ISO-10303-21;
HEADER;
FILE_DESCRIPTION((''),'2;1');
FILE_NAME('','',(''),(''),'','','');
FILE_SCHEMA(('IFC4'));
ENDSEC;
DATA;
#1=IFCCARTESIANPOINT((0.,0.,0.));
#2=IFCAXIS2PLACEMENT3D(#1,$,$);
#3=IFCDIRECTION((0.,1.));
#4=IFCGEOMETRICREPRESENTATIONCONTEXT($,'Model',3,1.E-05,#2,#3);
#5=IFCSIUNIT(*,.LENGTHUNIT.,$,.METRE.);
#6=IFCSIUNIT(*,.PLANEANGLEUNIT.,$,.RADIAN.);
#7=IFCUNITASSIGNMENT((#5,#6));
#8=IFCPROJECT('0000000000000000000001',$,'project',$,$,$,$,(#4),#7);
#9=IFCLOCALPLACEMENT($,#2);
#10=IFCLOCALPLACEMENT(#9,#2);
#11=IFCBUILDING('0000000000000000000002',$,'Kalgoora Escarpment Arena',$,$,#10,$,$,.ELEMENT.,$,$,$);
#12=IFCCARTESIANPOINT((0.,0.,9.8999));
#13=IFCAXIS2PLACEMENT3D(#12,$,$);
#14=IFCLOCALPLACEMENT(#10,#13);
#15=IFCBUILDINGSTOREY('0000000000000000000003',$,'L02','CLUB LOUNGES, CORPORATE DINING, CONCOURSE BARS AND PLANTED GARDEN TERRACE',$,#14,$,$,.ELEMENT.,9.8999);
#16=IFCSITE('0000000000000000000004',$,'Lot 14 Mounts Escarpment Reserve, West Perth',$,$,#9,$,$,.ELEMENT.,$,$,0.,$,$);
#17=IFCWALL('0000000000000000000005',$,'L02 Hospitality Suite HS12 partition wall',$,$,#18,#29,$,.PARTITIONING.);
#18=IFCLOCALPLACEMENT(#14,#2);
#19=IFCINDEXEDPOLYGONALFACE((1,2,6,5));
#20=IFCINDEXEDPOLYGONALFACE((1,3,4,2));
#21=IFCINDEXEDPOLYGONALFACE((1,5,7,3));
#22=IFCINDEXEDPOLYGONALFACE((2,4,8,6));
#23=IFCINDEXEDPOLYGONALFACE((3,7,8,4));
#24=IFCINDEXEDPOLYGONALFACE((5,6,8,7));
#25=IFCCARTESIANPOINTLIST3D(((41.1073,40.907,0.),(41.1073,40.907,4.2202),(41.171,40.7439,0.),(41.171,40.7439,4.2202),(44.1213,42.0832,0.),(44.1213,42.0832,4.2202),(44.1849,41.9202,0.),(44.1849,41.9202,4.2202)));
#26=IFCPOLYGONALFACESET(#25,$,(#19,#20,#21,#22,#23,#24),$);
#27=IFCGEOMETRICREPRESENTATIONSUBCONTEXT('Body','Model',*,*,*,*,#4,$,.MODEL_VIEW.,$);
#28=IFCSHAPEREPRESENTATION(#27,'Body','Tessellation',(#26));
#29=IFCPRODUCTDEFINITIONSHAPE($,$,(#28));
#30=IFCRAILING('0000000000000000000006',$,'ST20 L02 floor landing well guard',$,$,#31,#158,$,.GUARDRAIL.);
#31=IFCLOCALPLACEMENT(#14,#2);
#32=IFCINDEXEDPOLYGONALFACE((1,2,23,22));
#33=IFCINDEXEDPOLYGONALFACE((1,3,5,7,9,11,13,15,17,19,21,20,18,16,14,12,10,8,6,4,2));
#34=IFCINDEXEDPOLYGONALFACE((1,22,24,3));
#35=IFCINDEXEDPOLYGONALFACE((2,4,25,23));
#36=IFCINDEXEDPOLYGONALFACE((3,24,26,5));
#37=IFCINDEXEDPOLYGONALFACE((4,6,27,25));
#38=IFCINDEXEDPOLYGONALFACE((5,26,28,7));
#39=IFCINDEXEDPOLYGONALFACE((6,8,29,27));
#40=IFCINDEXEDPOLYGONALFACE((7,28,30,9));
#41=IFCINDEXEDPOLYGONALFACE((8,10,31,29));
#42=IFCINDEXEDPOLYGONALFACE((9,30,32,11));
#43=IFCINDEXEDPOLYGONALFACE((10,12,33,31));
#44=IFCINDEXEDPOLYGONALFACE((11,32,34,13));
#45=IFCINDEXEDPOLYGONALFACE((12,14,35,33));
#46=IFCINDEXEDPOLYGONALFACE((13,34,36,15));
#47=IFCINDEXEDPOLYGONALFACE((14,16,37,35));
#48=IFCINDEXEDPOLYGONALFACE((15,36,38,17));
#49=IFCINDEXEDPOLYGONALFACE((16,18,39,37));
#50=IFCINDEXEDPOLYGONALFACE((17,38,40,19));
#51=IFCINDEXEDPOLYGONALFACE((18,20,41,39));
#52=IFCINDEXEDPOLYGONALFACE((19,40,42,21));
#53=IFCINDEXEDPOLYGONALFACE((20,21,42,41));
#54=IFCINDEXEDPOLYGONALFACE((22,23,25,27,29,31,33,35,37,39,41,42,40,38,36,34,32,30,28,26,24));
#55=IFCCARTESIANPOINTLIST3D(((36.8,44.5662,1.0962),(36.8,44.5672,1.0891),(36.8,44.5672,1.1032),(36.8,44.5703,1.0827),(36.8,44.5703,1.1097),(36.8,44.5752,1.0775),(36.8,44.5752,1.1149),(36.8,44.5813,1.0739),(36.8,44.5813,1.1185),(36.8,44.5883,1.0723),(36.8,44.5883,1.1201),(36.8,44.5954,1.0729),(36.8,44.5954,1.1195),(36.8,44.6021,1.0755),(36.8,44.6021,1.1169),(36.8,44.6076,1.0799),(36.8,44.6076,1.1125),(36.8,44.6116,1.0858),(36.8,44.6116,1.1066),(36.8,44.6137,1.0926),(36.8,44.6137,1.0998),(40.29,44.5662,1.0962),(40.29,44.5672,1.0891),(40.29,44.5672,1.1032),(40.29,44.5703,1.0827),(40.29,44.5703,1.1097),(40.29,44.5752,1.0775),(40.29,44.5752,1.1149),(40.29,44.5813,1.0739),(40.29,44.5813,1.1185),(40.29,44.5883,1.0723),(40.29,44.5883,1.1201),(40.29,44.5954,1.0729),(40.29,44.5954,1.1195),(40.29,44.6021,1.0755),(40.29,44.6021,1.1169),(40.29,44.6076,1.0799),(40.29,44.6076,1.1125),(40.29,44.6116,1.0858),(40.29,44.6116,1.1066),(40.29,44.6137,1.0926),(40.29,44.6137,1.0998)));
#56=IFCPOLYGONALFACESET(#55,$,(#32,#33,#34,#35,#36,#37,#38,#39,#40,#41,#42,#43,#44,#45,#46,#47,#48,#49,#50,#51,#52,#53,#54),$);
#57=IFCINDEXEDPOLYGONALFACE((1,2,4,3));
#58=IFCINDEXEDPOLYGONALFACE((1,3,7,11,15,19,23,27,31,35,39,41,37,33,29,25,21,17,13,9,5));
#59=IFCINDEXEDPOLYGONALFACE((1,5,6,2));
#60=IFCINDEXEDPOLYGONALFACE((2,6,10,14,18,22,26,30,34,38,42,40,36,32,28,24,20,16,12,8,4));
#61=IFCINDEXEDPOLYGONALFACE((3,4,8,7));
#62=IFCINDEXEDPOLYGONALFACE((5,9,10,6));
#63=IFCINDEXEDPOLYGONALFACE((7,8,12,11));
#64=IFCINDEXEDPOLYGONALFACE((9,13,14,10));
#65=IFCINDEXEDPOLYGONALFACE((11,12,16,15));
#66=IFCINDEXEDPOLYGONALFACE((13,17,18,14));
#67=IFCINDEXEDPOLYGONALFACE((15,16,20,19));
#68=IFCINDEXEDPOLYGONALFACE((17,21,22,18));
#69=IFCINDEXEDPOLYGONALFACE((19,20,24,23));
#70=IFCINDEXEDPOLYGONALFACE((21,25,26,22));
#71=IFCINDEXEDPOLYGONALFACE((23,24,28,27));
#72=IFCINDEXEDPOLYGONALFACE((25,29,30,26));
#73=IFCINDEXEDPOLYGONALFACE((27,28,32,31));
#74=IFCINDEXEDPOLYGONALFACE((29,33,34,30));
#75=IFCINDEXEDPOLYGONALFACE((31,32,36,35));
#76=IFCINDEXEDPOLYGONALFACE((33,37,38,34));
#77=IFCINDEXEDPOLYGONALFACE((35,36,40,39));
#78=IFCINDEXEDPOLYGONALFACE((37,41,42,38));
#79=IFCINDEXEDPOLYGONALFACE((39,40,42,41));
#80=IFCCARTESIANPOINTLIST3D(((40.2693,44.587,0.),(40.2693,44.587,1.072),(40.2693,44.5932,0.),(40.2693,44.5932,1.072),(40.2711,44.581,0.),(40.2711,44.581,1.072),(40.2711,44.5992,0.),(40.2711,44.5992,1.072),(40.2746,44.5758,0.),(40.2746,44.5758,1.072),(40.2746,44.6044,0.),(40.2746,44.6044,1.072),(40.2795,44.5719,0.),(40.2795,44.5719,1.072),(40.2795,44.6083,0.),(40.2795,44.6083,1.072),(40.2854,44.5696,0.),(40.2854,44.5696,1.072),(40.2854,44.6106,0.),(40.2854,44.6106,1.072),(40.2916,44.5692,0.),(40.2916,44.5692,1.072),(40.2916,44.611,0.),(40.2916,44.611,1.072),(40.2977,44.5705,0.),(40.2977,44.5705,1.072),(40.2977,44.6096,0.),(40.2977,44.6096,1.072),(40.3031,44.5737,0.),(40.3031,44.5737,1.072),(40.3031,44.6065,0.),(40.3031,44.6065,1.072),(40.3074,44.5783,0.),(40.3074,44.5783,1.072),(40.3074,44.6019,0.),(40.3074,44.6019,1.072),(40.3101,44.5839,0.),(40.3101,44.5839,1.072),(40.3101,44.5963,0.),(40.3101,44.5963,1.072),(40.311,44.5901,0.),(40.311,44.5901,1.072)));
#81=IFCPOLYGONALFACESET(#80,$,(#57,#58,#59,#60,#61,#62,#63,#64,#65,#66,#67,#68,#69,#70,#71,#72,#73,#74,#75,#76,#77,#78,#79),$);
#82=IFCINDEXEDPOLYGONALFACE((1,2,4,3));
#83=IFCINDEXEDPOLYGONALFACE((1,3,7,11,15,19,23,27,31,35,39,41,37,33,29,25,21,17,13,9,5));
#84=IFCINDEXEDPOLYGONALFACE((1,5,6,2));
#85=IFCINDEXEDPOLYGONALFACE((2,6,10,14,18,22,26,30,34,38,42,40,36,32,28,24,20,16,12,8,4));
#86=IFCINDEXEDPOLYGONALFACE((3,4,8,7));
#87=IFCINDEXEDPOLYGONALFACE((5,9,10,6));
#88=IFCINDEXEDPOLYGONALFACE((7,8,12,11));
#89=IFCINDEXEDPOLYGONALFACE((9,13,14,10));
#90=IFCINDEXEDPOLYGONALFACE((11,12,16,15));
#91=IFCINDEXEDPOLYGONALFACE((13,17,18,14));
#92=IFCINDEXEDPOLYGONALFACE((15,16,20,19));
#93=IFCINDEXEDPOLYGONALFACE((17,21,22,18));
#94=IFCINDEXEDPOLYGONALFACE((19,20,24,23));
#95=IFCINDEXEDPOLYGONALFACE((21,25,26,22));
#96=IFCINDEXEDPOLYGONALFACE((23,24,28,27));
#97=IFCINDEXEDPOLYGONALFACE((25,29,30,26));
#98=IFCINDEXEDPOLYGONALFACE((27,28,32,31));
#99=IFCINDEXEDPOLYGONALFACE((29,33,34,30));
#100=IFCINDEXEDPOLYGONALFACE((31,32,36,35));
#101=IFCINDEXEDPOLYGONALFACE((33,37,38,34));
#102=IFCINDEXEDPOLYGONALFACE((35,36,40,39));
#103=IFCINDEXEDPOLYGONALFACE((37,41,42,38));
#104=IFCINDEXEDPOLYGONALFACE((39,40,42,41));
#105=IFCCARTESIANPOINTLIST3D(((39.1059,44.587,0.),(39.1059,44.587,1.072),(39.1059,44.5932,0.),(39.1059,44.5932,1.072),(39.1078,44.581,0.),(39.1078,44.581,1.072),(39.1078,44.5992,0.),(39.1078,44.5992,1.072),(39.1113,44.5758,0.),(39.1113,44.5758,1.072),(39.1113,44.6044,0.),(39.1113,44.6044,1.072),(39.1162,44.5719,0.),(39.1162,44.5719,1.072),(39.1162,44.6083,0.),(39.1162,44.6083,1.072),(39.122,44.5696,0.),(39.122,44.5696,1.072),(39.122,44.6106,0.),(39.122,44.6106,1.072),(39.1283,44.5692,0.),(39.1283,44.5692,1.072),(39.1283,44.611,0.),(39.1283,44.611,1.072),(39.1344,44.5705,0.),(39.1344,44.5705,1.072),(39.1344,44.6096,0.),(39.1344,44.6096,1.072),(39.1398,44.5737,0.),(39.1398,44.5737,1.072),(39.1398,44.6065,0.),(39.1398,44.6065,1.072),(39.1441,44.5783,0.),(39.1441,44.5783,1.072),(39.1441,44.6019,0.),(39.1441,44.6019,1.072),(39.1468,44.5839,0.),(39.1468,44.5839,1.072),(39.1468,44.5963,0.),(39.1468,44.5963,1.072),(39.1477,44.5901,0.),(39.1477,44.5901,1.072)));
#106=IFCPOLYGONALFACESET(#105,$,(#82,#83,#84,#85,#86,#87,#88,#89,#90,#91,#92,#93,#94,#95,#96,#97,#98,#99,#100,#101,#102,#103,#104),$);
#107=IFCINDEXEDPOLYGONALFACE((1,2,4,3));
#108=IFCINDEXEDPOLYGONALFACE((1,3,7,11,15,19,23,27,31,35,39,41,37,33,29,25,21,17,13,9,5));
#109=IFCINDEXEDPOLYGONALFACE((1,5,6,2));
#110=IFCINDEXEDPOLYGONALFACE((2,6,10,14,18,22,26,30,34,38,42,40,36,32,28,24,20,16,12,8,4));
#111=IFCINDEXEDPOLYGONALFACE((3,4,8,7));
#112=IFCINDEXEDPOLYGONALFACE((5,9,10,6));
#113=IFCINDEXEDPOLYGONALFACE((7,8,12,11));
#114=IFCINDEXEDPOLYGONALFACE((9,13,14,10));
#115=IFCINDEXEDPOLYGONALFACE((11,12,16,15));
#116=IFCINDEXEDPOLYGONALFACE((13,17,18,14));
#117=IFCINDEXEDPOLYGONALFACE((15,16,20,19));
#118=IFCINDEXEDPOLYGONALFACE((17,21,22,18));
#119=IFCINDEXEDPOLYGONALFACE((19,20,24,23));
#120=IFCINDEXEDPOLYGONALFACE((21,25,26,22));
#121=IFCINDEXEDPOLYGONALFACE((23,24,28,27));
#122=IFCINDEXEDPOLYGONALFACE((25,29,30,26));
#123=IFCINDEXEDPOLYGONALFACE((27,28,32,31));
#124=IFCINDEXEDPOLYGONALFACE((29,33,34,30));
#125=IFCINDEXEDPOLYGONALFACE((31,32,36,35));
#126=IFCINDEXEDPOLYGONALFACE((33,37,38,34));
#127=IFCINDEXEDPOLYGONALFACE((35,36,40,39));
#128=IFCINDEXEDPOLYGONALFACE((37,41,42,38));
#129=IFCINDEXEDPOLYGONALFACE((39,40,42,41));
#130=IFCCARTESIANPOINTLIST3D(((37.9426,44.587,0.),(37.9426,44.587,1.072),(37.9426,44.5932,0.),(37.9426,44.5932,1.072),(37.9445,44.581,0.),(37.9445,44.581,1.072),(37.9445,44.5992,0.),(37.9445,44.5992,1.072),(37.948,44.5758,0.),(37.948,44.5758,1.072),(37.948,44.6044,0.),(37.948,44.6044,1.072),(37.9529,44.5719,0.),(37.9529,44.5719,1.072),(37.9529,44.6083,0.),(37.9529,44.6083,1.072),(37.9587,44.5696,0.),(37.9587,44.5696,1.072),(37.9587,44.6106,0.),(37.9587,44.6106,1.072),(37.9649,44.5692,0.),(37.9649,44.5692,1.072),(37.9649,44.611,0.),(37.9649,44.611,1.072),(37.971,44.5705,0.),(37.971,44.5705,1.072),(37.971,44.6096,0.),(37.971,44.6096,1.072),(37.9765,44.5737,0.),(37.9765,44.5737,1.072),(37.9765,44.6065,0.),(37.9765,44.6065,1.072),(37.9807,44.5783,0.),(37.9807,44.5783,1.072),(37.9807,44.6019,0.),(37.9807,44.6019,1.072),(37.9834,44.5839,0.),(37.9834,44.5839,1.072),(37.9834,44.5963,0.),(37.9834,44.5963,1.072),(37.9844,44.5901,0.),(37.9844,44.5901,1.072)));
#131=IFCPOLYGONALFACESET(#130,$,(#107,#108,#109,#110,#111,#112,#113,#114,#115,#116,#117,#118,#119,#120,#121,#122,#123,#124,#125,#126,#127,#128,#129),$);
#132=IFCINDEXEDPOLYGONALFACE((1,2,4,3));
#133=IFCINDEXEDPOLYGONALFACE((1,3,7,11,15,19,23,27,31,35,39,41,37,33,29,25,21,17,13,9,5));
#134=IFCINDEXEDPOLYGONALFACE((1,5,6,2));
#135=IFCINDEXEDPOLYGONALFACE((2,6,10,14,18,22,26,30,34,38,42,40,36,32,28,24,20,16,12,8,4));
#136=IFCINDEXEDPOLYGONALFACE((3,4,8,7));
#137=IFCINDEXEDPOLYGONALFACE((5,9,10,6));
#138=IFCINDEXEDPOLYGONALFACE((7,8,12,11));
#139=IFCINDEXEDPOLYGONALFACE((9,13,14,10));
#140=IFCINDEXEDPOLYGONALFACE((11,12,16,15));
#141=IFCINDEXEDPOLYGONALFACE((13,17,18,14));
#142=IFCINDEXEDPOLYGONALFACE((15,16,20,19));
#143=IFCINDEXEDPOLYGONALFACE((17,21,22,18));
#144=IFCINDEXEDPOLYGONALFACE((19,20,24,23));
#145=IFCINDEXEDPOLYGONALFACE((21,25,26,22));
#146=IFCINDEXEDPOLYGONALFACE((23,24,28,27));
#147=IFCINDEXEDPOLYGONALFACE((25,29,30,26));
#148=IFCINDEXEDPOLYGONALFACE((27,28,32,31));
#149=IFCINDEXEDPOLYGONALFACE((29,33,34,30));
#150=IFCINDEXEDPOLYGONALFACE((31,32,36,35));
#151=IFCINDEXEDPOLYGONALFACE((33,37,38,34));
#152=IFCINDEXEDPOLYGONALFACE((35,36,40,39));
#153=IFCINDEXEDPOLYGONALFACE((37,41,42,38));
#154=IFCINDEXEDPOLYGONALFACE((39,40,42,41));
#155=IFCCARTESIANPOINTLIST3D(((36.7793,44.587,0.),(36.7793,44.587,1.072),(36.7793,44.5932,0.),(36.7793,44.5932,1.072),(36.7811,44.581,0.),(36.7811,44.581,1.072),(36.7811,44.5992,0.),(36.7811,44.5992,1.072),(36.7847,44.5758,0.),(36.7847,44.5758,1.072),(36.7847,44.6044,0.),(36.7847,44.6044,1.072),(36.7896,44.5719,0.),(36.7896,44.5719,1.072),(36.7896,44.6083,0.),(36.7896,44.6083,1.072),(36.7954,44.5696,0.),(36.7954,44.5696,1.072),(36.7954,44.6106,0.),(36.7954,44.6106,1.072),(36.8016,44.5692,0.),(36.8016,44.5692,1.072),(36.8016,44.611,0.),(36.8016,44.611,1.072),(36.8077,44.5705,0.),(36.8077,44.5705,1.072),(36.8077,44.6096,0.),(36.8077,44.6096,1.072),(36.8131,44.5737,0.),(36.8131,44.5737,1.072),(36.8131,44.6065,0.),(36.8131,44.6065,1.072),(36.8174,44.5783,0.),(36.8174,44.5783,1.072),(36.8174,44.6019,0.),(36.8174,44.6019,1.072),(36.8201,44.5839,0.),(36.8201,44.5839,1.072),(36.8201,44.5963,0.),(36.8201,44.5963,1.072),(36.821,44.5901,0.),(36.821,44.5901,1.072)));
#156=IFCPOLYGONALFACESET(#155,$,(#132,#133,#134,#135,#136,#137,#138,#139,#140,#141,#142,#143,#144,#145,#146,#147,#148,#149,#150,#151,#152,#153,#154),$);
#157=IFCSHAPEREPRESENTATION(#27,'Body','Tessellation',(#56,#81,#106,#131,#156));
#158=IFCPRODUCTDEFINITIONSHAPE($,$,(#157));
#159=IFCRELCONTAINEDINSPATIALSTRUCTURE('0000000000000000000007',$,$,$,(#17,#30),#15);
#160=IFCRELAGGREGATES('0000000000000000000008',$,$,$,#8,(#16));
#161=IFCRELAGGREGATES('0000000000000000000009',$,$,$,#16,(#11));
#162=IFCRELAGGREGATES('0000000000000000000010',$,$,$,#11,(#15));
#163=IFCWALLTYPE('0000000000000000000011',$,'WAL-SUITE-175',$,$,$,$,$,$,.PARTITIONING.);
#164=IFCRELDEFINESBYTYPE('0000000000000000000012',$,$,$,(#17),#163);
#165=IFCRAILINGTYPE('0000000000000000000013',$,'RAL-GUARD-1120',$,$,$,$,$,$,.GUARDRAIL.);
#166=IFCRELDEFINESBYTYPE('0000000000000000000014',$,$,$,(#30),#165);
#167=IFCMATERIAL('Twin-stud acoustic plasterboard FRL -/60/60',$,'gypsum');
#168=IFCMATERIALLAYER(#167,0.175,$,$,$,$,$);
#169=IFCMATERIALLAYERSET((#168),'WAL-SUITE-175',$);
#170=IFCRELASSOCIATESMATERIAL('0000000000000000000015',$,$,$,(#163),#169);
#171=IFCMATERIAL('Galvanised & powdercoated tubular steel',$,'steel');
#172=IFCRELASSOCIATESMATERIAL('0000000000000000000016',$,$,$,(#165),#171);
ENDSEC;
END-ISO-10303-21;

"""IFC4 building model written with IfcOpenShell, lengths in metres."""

from ifc_helpers import new_model, si_unit, direction, frame, frame_2d, origin, origin_2d, place, context, subcontext, project, spatial, rectangle, circle, extrude, material, layer, layer_set, type_object, element, save


model = new_model("IFC4")

# Units and contexts
model_context = context("Model", 3, precision=1e-05, world=origin(), true_north=direction((0.0, 1.0)))
body_context = subcontext(model_context, "Body", "Model", "MODEL_VIEW")
ifc_project = project(units=[si_unit("LENGTHUNIT", "METRE"), si_unit("PLANEANGLEUNIT", "RADIAN")], contexts=[model_context])

# Site, building, storey
site_placement = place(None, origin())
site = spatial("IfcSite", under=ifc_project, at=site_placement, Name="Lot 14 Mounts Escarpment Reserve, West Perth", CompositionType="ELEMENT", RefElevation=0.0)
building_placement = place(site_placement, origin())
building = spatial("IfcBuilding", under=site, at=building_placement, Name="Kalgoora Escarpment Arena", CompositionType="ELEMENT")
storey_placement = place(building_placement, frame((0.0, 0.0, 9.8999)))
storey = spatial("IfcBuildingStorey", under=building, at=storey_placement, Name="L02", Description="CLUB LOUNGES, CORPORATE DINING, CONCOURSE BARS AND PLANTED GARDEN TERRACE", CompositionType="ELEMENT", Elevation=9.8999)

# Shared definitions
ifc_material_1 = material(Name="Twin-stud acoustic plasterboard FRL -/60/60", Category="gypsum")
ifc_layer_1 = layer(ifc_material_1, 0.175)
ifc_layer_set_1 = layer_set([ifc_layer_1], Name="WAL-SUITE-175")
wall_type_1 = type_object("IfcWallType", Name="WAL-SUITE-175", PredefinedType="PARTITIONING", material=ifc_layer_set_1)

# Wall
wall_1_placement = place(storey_placement, frame((44.1531, 42.0017, 0.0), z_axis=(0.0, 0.0, 1.0), x_axis=(-0.931566, -0.363571, 0.0)))
element("IfcWall", 1, at=wall_1_placement, inside=storey, type_object=wall_type_1, Name="L02 Hospitality Suite HS12 partition wall", PredefinedType="PARTITIONING", context=body_context, shape_type="SweptSolid", body=[
    extrude(rectangle(XDim=3.2354, YDim=0.175, at=frame_2d((1.6177, 0.0))), origin(), (0.0, 0.0, 1.0), 4.2202),
])

# Railing
ifc_material_2 = material(Name="Galvanised & powdercoated tubular steel", Category="steel")
railing_type_1 = type_object("IfcRailingType", Name="RAL-GUARD-1120", PredefinedType="GUARDRAIL", material=ifc_material_2)
railing_1_placement = place(storey_placement, frame((40.29, 44.5901, 0.0)))
element("IfcRailing", 2, at=railing_1_placement, inside=storey, type_object=railing_type_1, Name="ST20 L02 floor landing well guard", PredefinedType="GUARDRAIL", context=body_context, shape_type="SweptSolid", body=[
    extrude(circle(Radius=0.0239, at=origin_2d()), frame((0.0, 0.0, 1.0962), z_axis=(-1.0, 0.0, 0.0), x_axis=(0.0, -1.0, 0.0)), (0.0, 0.0, 1.0), 3.49),
    extrude(circle(Radius=0.021, at=origin_2d()), origin(), (0.0, 0.0, 1.0), 1.072),
    extrude(circle(Radius=0.021, at=origin_2d()), frame((-1.1633, 0.0, 0.0)), (0.0, 0.0, 1.0), 1.072),
    extrude(circle(Radius=0.021, at=origin_2d()), frame((-2.3267, 0.0, 0.0)), (0.0, 0.0, 1.0), 1.072),
    extrude(circle(Radius=0.021, at=origin_2d()), frame((-3.49, 0.0, 0.0)), (0.0, 0.0, 1.0), 1.072),
])

save(model, "model.ifc")
